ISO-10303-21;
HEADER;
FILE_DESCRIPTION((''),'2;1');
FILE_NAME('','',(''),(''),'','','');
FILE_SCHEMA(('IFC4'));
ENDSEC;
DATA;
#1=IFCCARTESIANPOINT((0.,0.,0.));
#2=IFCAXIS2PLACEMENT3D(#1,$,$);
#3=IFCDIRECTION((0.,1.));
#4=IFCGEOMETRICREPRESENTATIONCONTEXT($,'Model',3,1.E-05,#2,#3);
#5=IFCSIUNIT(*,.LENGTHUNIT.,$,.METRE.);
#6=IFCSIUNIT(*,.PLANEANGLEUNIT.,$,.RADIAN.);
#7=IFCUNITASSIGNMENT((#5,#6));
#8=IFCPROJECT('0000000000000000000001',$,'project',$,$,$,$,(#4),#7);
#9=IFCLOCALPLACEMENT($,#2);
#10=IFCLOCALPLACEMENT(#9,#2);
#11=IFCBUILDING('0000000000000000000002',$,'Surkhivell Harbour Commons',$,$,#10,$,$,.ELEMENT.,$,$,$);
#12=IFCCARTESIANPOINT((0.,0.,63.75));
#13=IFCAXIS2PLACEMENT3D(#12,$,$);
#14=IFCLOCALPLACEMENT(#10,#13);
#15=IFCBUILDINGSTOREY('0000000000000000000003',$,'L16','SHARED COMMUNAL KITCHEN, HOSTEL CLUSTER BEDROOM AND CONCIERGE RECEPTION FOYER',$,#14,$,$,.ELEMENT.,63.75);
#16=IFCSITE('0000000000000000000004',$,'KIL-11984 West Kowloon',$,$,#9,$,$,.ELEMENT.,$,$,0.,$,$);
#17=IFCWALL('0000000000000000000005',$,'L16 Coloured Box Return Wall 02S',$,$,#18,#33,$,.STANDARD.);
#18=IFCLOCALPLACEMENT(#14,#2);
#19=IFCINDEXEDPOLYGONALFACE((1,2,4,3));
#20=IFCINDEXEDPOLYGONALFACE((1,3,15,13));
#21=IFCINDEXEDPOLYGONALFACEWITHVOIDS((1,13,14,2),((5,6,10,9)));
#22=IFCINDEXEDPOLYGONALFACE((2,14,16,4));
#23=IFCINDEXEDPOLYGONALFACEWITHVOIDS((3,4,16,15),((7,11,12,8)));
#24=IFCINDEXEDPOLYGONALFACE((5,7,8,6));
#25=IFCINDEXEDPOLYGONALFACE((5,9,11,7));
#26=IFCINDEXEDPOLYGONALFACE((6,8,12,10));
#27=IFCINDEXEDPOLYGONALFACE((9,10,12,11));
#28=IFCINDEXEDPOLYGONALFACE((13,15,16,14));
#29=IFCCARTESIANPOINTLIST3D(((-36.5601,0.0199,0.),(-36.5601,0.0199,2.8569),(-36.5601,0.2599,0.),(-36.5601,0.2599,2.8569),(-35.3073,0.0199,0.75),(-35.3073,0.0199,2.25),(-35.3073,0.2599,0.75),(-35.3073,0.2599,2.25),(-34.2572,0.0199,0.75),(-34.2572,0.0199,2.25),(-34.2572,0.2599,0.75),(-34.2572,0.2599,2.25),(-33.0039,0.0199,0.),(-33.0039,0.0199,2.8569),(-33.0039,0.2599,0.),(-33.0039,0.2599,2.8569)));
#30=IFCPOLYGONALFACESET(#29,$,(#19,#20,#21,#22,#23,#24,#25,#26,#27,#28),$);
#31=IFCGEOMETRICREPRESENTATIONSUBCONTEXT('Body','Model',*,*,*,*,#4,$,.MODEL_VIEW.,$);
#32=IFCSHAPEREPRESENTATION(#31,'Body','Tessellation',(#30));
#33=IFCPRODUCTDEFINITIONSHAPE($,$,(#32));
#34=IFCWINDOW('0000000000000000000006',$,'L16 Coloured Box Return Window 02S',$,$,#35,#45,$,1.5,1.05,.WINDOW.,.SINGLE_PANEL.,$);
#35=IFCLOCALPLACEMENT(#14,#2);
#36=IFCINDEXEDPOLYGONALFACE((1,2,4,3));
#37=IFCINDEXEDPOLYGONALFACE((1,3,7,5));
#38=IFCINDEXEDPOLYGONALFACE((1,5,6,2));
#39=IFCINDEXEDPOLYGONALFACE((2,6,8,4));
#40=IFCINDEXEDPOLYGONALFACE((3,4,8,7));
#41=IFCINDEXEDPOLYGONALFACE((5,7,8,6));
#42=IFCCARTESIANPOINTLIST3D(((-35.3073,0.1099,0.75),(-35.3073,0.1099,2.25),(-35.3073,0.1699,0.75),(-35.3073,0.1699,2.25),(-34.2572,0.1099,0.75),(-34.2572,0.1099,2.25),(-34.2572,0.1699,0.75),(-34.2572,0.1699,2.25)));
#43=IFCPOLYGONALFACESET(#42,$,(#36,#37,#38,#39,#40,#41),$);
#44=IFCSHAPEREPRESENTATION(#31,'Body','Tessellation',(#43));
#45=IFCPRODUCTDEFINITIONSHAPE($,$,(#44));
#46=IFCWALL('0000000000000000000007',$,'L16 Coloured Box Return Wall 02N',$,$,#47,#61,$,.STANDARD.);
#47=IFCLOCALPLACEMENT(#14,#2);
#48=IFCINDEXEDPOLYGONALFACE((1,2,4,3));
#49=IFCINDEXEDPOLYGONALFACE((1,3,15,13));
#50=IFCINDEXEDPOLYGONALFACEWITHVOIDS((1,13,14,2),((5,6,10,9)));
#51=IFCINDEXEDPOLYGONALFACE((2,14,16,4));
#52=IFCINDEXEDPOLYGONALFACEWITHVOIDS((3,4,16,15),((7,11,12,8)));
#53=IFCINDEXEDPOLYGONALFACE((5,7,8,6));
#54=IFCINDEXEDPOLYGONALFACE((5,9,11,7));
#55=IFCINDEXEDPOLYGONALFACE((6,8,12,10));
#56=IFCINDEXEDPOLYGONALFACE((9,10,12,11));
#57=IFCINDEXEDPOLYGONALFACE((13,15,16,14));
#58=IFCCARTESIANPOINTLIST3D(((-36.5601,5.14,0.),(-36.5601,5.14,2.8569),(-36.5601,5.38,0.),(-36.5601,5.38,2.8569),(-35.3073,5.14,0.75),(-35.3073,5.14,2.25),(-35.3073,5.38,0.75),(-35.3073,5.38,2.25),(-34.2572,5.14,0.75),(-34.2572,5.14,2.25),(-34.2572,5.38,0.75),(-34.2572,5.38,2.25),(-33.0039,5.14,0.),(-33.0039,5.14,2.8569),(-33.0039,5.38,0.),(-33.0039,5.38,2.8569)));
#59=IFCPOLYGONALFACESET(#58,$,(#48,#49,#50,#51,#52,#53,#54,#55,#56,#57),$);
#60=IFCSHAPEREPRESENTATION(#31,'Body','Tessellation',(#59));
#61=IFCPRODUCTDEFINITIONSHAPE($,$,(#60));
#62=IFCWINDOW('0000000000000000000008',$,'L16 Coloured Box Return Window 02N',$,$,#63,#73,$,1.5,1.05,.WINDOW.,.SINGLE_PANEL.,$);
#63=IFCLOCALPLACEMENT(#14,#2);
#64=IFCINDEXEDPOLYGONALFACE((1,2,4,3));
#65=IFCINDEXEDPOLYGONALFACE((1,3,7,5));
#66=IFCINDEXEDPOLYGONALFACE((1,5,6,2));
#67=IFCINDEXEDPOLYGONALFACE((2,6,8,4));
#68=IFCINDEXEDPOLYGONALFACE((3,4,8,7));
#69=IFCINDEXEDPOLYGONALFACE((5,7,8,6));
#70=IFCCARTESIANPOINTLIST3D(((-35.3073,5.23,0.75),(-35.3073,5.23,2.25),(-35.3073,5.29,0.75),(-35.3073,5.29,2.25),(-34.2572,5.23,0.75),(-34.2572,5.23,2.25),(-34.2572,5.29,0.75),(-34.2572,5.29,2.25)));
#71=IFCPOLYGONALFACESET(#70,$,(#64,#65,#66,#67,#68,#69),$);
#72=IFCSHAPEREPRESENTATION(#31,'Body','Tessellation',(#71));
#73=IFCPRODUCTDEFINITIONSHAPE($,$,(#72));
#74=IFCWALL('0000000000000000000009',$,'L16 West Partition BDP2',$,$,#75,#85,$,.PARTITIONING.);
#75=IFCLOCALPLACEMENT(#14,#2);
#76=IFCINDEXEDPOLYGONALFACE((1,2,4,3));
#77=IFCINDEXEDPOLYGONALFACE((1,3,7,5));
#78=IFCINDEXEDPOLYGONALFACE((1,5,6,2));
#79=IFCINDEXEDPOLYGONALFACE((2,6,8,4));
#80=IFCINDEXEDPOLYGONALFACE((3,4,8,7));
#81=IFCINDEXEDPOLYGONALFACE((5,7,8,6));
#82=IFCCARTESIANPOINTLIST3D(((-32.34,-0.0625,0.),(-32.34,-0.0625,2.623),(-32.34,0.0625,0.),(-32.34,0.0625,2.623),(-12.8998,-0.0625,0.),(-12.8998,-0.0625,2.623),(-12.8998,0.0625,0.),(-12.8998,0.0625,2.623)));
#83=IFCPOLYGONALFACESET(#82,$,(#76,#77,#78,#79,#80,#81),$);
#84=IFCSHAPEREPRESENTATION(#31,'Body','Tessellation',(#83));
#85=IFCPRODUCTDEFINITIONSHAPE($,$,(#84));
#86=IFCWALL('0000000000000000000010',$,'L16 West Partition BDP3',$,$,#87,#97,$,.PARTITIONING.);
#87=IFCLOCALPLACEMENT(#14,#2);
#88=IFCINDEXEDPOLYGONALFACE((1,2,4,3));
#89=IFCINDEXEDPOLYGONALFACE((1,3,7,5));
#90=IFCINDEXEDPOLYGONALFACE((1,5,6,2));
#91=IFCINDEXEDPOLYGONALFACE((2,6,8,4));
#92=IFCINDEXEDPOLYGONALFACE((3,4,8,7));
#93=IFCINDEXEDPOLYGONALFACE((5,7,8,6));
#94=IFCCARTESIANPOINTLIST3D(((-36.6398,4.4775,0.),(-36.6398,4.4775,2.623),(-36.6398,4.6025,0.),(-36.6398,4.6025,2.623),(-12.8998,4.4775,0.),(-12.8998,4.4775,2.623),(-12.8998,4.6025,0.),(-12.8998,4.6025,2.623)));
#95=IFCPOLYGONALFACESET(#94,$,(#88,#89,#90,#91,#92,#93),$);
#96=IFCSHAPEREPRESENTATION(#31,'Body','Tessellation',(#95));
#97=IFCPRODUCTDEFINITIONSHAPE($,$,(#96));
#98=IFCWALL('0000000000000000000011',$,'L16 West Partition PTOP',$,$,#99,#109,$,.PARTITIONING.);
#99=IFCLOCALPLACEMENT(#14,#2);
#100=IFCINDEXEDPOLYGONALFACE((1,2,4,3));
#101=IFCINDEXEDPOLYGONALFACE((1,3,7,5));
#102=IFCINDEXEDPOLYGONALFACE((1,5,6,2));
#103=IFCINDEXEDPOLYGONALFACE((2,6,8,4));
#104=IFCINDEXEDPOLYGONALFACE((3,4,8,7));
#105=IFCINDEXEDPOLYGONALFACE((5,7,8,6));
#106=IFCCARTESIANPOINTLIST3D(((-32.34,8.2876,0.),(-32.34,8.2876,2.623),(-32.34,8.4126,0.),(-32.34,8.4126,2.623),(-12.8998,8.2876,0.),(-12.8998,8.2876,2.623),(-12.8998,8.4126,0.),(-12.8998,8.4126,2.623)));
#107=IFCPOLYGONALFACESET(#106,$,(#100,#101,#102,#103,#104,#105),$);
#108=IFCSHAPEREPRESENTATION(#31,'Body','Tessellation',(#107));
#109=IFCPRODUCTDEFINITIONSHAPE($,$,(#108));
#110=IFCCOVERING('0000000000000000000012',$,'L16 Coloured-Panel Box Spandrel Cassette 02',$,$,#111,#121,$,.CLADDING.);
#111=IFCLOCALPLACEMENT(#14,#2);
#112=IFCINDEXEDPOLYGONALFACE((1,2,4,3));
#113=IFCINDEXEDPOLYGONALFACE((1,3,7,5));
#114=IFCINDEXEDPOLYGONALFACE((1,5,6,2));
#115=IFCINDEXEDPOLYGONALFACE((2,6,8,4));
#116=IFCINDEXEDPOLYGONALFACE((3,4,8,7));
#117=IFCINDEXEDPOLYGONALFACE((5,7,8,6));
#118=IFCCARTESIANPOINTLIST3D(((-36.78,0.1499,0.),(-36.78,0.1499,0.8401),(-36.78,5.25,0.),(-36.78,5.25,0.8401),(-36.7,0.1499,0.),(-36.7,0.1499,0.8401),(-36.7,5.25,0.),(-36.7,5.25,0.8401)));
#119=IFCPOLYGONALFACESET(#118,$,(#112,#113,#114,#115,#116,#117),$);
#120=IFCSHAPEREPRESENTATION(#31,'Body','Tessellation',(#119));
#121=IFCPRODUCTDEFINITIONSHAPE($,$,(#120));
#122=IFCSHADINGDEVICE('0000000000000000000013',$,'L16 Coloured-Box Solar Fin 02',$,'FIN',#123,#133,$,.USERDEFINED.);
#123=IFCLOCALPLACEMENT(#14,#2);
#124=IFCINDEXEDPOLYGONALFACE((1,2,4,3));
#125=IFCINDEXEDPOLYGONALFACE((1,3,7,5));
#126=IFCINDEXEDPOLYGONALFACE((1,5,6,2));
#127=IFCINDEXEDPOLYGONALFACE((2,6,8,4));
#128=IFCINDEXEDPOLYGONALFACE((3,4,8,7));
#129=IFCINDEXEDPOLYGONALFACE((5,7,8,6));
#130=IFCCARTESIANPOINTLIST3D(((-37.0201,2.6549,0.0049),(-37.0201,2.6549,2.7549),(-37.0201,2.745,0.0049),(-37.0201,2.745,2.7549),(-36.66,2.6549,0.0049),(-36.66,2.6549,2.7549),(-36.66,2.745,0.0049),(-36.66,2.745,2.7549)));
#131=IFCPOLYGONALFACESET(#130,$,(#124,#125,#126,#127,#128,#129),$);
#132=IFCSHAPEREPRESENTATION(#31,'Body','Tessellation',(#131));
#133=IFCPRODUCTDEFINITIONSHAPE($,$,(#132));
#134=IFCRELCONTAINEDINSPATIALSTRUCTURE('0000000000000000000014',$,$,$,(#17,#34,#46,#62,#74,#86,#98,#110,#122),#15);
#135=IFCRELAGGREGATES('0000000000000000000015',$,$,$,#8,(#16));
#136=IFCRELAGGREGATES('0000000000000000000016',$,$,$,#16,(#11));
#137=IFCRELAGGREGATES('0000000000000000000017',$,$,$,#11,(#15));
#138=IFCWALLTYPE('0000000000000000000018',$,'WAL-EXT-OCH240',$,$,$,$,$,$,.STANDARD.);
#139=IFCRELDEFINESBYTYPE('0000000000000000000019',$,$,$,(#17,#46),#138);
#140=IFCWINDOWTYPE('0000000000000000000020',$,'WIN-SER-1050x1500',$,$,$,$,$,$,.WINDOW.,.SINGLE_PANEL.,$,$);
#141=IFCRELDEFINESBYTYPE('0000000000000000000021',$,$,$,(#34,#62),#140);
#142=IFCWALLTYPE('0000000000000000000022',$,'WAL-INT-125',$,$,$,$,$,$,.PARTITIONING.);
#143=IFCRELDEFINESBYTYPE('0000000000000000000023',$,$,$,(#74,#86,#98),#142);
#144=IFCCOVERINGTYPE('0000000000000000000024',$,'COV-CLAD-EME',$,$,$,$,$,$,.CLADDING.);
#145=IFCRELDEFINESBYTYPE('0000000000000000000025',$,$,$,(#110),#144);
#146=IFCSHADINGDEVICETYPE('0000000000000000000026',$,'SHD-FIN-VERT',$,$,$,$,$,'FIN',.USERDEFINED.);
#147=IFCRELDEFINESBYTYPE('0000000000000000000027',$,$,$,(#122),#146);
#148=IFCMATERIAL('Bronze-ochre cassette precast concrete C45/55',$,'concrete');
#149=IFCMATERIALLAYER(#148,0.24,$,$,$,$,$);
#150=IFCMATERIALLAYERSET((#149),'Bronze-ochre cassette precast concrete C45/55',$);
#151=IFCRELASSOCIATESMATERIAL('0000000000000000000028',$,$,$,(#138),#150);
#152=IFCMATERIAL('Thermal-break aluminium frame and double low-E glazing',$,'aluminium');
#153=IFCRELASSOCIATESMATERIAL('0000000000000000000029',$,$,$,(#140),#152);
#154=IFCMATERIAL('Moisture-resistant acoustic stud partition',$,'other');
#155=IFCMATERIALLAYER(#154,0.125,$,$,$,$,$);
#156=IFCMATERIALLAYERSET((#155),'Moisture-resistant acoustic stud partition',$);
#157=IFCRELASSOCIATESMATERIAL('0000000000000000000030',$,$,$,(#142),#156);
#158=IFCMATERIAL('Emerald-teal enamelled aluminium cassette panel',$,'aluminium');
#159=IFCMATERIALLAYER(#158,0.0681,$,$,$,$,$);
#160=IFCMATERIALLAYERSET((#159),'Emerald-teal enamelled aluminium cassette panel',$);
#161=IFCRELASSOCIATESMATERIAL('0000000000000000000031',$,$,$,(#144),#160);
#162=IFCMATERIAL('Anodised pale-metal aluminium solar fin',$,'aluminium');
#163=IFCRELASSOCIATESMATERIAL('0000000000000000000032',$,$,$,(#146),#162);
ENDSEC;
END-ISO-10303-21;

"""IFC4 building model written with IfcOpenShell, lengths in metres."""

from ifc_helpers import new_model, si_unit, direction, frame, frame_2d, origin, origin_2d, place, context, subcontext, project, spatial, rectangle, extrude, material, layer, layer_set, type_object, element, fill, save


model = new_model("IFC4")

# Units and contexts
model_context = context("Model", 3, precision=1e-05, world=origin(), true_north=direction((0.0, 1.0)))
body_context = subcontext(model_context, "Body", "Model", "MODEL_VIEW")
ifc_project = project(units=[si_unit("LENGTHUNIT", "METRE"), si_unit("PLANEANGLEUNIT", "RADIAN")], contexts=[model_context])

# Site, building, storey
site_placement = place(None, origin())
site = spatial("IfcSite", under=ifc_project, at=site_placement, Name="KIL-11984 West Kowloon", CompositionType="ELEMENT", RefElevation=0.0)
building_placement = place(site_placement, origin())
building = spatial("IfcBuilding", under=site, at=building_placement, Name="Surkhivell Harbour Commons", CompositionType="ELEMENT")
storey_placement = place(building_placement, frame((0.0, 0.0, 63.75)))
storey = spatial("IfcBuildingStorey", under=building, at=storey_placement, Name="L16", Description="SHARED COMMUNAL KITCHEN, HOSTEL CLUSTER BEDROOM AND CONCIERGE RECEPTION FOYER", CompositionType="ELEMENT", Elevation=63.75)

# Walls, openings, windows
ifc_material_1 = material(Name="Bronze-ochre cassette precast concrete C45/55", Category="concrete")
ifc_layer_1 = layer(ifc_material_1, 0.24)
ifc_layer_set_1 = layer_set([ifc_layer_1], Name="Bronze-ochre cassette precast concrete C45/55")
wall_type_1 = type_object("IfcWallType", Name="WAL-EXT-OCH240", PredefinedType="STANDARD", material=ifc_layer_set_1)
ifc_material_2 = material(Name="Thermal-break aluminium frame and double low-E glazing", Category="aluminium")
wall_1_placement = place(storey_placement, frame((-36.5601, 0.1399, 0.0), z_axis=(0.0, 0.0, 1.0), x_axis=(1.0, 0.0, 0.0)))
wall_1 = element("IfcWall", 1, at=wall_1_placement, inside=storey, type_object=wall_type_1, Name="L16 Coloured Box Return Wall 02S", PredefinedType="STANDARD", context=body_context, shape_type="SweptSolid", body=[
    extrude(rectangle(XDim=3.5562, YDim=0.24, at=frame_2d((1.7781, 0.0))), origin(), (0.0, 0.0, 1.0), 2.8569),
])
opening_1_placement = place(wall_1_placement, frame((1.2529, 0.0, 0.75)))
opening_1 = element("IfcOpeningElement", 2, at=opening_1_placement, cuts=wall_1, PredefinedType="OPENING", context=body_context, shape_type="SweptSolid", body=[
    extrude(rectangle(XDim=1.05, YDim=1.5, at=frame_2d((0.5249, 0.75))), frame((0.0, 0.1299, 0.0), z_axis=(0.0, -1.0, 0.0), x_axis=(1.0, 0.0, 0.0)), (0.0, 0.0, 1.0), 0.26),
])
window_type_1 = type_object("IfcWindowType", Name="WIN-SER-1050x1500", PartitioningType="SINGLE_PANEL", PredefinedType="WINDOW", material=ifc_material_2)
window_1_placement = place(opening_1_placement, origin())
window_1 = element("IfcWindow", 3, at=window_1_placement, inside=storey, type_object=window_type_1, Name="L16 Coloured Box Return Window 02S", OverallHeight=1.5, OverallWidth=1.05, PartitioningType="SINGLE_PANEL", PredefinedType="WINDOW", context=body_context, shape_type="SweptSolid", body=[
    extrude(rectangle(XDim=1.05, YDim=1.5, at=frame_2d((0.5249, 0.75))), frame((0.0, 0.03, 0.0), z_axis=(0.0, -1.0, 0.0), x_axis=(1.0, 0.0, 0.0)), (0.0, 0.0, 1.0), 0.0601),
])
fill(opening_1, window_1)
wall_2_placement = place(storey_placement, frame((-36.5601, 5.26, 0.0), z_axis=(0.0, 0.0, 1.0), x_axis=(1.0, 0.0, 0.0)))
wall_2 = element("IfcWall", 4, at=wall_2_placement, inside=storey, type_object=wall_type_1, Name="L16 Coloured Box Return Wall 02N", PredefinedType="STANDARD", context=body_context, shape_type="SweptSolid", body=[
    extrude(rectangle(XDim=3.5562, YDim=0.24, at=frame_2d((1.7781, 0.0))), origin(), (0.0, 0.0, 1.0), 2.8569),
])
opening_2_placement = place(wall_2_placement, frame((1.2529, 0.0, 0.75)))
opening_2 = element("IfcOpeningElement", 5, at=opening_2_placement, cuts=wall_2, PredefinedType="OPENING", context=body_context, shape_type="SweptSolid", body=[
    extrude(rectangle(XDim=1.05, YDim=1.5, at=frame_2d((0.5249, 0.75))), frame((0.0, 0.1299, 0.0), z_axis=(0.0, -1.0, 0.0), x_axis=(1.0, 0.0, 0.0)), (0.0, 0.0, 1.0), 0.26),
])
window_2_placement = place(opening_2_placement, origin())
window_2 = element("IfcWindow", 6, at=window_2_placement, inside=storey, type_object=window_type_1, Name="L16 Coloured Box Return Window 02N", OverallHeight=1.5, OverallWidth=1.05, PartitioningType="SINGLE_PANEL", PredefinedType="WINDOW", context=body_context, shape_type="SweptSolid", body=[
    extrude(rectangle(XDim=1.05, YDim=1.5, at=frame_2d((0.5249, 0.75))), frame((0.0, 0.03, 0.0), z_axis=(0.0, -1.0, 0.0), x_axis=(1.0, 0.0, 0.0)), (0.0, 0.0, 1.0), 0.0601),
])
fill(opening_2, window_2)

# Walls
ifc_material_3 = material(Name="Moisture-resistant acoustic stud partition", Category="other")
ifc_layer_2 = layer(ifc_material_3, 0.125)
ifc_layer_set_2 = layer_set([ifc_layer_2], Name="Moisture-resistant acoustic stud partition")
wall_type_2 = type_object("IfcWallType", Name="WAL-INT-125", PredefinedType="PARTITIONING", material=ifc_layer_set_2)
wall_3_placement = place(storey_placement, frame((-32.3401, 0.0, 0.0), z_axis=(0.0, 0.0, 1.0), x_axis=(1.0, 0.0, 0.0)))
element("IfcWall", 7, at=wall_3_placement, inside=storey, type_object=wall_type_2, Name="L16 West Partition BDP2", PredefinedType="PARTITIONING", context=body_context, shape_type="SweptSolid", body=[
    extrude(rectangle(XDim=19.4402, YDim=0.125, at=frame_2d((9.7202, 0.0))), origin(), (0.0, 0.0, 1.0), 2.623),
])
wall_4_placement = place(storey_placement, frame((-36.6399, 4.54, 0.0), z_axis=(0.0, 0.0, 1.0), x_axis=(1.0, 0.0, 0.0)))
element("IfcWall", 8, at=wall_4_placement, inside=storey, type_object=wall_type_2, Name="L16 West Partition BDP3", PredefinedType="PARTITIONING", context=body_context, shape_type="SweptSolid", body=[
    extrude(rectangle(XDim=23.74, YDim=0.125, at=frame_2d((11.8701, 0.0))), origin(), (0.0, 0.0, 1.0), 2.623),
])
wall_5_placement = place(storey_placement, frame((-32.3401, 8.3501, 0.0), z_axis=(0.0, 0.0, 1.0), x_axis=(1.0, 0.0, 0.0)))
element("IfcWall", 9, at=wall_5_placement, inside=storey, type_object=wall_type_2, Name="L16 West Partition PTOP", PredefinedType="PARTITIONING", context=body_context, shape_type="SweptSolid", body=[
    extrude(rectangle(XDim=19.4402, YDim=0.125, at=frame_2d((9.7202, 0.0))), origin(), (0.0, 0.0, 1.0), 2.623),
])

# Covering
ifc_material_4 = material(Name="Emerald-teal enamelled aluminium cassette panel", Category="aluminium")
ifc_layer_3 = layer(ifc_material_4, 0.0681)
ifc_layer_set_3 = layer_set([ifc_layer_3], Name="Emerald-teal enamelled aluminium cassette panel")
covering_type = type_object("IfcCoveringType", Name="COV-CLAD-EME", PredefinedType="CLADDING", material=ifc_layer_set_3)
covering_placement = place(storey_placement, frame((-36.74, 2.7, 0.0), z_axis=(0.0, 0.0, 1.0), x_axis=(1.0, 0.0, 0.0)))
element("IfcCovering", 10, at=covering_placement, inside=storey, type_object=covering_type, Name="L16 Coloured-Panel Box Spandrel Cassette 02", PredefinedType="CLADDING", context=body_context, shape_type="SweptSolid", body=[
    extrude(rectangle(XDim=0.0801, YDim=5.1001, at=origin_2d()), origin(), (0.0, 0.0, 1.0), 0.8401),
])

# Shading device
ifc_material_5 = material(Name="Anodised pale-metal aluminium solar fin", Category="aluminium")
shading_device_type = type_object("IfcShadingDeviceType", Name="SHD-FIN-VERT", ElementType="FIN", PredefinedType="USERDEFINED", material=ifc_material_5)
shading_device_placement = place(storey_placement, frame((-36.8401, 2.7, 0.0049), z_axis=(0.0, 0.0, 1.0), x_axis=(1.0, 0.0, 0.0)))
element("IfcShadingDevice", 11, at=shading_device_placement, inside=storey, type_object=shading_device_type, Name="L16 Coloured-Box Solar Fin 02", ObjectType="FIN", PredefinedType="USERDEFINED", context=body_context, shape_type="SweptSolid", body=[
    extrude(rectangle(XDim=0.3601, YDim=0.0901, at=origin_2d()), origin(), (0.0, 0.0, 1.0), 2.75),
])

save(model, "model.ifc")
